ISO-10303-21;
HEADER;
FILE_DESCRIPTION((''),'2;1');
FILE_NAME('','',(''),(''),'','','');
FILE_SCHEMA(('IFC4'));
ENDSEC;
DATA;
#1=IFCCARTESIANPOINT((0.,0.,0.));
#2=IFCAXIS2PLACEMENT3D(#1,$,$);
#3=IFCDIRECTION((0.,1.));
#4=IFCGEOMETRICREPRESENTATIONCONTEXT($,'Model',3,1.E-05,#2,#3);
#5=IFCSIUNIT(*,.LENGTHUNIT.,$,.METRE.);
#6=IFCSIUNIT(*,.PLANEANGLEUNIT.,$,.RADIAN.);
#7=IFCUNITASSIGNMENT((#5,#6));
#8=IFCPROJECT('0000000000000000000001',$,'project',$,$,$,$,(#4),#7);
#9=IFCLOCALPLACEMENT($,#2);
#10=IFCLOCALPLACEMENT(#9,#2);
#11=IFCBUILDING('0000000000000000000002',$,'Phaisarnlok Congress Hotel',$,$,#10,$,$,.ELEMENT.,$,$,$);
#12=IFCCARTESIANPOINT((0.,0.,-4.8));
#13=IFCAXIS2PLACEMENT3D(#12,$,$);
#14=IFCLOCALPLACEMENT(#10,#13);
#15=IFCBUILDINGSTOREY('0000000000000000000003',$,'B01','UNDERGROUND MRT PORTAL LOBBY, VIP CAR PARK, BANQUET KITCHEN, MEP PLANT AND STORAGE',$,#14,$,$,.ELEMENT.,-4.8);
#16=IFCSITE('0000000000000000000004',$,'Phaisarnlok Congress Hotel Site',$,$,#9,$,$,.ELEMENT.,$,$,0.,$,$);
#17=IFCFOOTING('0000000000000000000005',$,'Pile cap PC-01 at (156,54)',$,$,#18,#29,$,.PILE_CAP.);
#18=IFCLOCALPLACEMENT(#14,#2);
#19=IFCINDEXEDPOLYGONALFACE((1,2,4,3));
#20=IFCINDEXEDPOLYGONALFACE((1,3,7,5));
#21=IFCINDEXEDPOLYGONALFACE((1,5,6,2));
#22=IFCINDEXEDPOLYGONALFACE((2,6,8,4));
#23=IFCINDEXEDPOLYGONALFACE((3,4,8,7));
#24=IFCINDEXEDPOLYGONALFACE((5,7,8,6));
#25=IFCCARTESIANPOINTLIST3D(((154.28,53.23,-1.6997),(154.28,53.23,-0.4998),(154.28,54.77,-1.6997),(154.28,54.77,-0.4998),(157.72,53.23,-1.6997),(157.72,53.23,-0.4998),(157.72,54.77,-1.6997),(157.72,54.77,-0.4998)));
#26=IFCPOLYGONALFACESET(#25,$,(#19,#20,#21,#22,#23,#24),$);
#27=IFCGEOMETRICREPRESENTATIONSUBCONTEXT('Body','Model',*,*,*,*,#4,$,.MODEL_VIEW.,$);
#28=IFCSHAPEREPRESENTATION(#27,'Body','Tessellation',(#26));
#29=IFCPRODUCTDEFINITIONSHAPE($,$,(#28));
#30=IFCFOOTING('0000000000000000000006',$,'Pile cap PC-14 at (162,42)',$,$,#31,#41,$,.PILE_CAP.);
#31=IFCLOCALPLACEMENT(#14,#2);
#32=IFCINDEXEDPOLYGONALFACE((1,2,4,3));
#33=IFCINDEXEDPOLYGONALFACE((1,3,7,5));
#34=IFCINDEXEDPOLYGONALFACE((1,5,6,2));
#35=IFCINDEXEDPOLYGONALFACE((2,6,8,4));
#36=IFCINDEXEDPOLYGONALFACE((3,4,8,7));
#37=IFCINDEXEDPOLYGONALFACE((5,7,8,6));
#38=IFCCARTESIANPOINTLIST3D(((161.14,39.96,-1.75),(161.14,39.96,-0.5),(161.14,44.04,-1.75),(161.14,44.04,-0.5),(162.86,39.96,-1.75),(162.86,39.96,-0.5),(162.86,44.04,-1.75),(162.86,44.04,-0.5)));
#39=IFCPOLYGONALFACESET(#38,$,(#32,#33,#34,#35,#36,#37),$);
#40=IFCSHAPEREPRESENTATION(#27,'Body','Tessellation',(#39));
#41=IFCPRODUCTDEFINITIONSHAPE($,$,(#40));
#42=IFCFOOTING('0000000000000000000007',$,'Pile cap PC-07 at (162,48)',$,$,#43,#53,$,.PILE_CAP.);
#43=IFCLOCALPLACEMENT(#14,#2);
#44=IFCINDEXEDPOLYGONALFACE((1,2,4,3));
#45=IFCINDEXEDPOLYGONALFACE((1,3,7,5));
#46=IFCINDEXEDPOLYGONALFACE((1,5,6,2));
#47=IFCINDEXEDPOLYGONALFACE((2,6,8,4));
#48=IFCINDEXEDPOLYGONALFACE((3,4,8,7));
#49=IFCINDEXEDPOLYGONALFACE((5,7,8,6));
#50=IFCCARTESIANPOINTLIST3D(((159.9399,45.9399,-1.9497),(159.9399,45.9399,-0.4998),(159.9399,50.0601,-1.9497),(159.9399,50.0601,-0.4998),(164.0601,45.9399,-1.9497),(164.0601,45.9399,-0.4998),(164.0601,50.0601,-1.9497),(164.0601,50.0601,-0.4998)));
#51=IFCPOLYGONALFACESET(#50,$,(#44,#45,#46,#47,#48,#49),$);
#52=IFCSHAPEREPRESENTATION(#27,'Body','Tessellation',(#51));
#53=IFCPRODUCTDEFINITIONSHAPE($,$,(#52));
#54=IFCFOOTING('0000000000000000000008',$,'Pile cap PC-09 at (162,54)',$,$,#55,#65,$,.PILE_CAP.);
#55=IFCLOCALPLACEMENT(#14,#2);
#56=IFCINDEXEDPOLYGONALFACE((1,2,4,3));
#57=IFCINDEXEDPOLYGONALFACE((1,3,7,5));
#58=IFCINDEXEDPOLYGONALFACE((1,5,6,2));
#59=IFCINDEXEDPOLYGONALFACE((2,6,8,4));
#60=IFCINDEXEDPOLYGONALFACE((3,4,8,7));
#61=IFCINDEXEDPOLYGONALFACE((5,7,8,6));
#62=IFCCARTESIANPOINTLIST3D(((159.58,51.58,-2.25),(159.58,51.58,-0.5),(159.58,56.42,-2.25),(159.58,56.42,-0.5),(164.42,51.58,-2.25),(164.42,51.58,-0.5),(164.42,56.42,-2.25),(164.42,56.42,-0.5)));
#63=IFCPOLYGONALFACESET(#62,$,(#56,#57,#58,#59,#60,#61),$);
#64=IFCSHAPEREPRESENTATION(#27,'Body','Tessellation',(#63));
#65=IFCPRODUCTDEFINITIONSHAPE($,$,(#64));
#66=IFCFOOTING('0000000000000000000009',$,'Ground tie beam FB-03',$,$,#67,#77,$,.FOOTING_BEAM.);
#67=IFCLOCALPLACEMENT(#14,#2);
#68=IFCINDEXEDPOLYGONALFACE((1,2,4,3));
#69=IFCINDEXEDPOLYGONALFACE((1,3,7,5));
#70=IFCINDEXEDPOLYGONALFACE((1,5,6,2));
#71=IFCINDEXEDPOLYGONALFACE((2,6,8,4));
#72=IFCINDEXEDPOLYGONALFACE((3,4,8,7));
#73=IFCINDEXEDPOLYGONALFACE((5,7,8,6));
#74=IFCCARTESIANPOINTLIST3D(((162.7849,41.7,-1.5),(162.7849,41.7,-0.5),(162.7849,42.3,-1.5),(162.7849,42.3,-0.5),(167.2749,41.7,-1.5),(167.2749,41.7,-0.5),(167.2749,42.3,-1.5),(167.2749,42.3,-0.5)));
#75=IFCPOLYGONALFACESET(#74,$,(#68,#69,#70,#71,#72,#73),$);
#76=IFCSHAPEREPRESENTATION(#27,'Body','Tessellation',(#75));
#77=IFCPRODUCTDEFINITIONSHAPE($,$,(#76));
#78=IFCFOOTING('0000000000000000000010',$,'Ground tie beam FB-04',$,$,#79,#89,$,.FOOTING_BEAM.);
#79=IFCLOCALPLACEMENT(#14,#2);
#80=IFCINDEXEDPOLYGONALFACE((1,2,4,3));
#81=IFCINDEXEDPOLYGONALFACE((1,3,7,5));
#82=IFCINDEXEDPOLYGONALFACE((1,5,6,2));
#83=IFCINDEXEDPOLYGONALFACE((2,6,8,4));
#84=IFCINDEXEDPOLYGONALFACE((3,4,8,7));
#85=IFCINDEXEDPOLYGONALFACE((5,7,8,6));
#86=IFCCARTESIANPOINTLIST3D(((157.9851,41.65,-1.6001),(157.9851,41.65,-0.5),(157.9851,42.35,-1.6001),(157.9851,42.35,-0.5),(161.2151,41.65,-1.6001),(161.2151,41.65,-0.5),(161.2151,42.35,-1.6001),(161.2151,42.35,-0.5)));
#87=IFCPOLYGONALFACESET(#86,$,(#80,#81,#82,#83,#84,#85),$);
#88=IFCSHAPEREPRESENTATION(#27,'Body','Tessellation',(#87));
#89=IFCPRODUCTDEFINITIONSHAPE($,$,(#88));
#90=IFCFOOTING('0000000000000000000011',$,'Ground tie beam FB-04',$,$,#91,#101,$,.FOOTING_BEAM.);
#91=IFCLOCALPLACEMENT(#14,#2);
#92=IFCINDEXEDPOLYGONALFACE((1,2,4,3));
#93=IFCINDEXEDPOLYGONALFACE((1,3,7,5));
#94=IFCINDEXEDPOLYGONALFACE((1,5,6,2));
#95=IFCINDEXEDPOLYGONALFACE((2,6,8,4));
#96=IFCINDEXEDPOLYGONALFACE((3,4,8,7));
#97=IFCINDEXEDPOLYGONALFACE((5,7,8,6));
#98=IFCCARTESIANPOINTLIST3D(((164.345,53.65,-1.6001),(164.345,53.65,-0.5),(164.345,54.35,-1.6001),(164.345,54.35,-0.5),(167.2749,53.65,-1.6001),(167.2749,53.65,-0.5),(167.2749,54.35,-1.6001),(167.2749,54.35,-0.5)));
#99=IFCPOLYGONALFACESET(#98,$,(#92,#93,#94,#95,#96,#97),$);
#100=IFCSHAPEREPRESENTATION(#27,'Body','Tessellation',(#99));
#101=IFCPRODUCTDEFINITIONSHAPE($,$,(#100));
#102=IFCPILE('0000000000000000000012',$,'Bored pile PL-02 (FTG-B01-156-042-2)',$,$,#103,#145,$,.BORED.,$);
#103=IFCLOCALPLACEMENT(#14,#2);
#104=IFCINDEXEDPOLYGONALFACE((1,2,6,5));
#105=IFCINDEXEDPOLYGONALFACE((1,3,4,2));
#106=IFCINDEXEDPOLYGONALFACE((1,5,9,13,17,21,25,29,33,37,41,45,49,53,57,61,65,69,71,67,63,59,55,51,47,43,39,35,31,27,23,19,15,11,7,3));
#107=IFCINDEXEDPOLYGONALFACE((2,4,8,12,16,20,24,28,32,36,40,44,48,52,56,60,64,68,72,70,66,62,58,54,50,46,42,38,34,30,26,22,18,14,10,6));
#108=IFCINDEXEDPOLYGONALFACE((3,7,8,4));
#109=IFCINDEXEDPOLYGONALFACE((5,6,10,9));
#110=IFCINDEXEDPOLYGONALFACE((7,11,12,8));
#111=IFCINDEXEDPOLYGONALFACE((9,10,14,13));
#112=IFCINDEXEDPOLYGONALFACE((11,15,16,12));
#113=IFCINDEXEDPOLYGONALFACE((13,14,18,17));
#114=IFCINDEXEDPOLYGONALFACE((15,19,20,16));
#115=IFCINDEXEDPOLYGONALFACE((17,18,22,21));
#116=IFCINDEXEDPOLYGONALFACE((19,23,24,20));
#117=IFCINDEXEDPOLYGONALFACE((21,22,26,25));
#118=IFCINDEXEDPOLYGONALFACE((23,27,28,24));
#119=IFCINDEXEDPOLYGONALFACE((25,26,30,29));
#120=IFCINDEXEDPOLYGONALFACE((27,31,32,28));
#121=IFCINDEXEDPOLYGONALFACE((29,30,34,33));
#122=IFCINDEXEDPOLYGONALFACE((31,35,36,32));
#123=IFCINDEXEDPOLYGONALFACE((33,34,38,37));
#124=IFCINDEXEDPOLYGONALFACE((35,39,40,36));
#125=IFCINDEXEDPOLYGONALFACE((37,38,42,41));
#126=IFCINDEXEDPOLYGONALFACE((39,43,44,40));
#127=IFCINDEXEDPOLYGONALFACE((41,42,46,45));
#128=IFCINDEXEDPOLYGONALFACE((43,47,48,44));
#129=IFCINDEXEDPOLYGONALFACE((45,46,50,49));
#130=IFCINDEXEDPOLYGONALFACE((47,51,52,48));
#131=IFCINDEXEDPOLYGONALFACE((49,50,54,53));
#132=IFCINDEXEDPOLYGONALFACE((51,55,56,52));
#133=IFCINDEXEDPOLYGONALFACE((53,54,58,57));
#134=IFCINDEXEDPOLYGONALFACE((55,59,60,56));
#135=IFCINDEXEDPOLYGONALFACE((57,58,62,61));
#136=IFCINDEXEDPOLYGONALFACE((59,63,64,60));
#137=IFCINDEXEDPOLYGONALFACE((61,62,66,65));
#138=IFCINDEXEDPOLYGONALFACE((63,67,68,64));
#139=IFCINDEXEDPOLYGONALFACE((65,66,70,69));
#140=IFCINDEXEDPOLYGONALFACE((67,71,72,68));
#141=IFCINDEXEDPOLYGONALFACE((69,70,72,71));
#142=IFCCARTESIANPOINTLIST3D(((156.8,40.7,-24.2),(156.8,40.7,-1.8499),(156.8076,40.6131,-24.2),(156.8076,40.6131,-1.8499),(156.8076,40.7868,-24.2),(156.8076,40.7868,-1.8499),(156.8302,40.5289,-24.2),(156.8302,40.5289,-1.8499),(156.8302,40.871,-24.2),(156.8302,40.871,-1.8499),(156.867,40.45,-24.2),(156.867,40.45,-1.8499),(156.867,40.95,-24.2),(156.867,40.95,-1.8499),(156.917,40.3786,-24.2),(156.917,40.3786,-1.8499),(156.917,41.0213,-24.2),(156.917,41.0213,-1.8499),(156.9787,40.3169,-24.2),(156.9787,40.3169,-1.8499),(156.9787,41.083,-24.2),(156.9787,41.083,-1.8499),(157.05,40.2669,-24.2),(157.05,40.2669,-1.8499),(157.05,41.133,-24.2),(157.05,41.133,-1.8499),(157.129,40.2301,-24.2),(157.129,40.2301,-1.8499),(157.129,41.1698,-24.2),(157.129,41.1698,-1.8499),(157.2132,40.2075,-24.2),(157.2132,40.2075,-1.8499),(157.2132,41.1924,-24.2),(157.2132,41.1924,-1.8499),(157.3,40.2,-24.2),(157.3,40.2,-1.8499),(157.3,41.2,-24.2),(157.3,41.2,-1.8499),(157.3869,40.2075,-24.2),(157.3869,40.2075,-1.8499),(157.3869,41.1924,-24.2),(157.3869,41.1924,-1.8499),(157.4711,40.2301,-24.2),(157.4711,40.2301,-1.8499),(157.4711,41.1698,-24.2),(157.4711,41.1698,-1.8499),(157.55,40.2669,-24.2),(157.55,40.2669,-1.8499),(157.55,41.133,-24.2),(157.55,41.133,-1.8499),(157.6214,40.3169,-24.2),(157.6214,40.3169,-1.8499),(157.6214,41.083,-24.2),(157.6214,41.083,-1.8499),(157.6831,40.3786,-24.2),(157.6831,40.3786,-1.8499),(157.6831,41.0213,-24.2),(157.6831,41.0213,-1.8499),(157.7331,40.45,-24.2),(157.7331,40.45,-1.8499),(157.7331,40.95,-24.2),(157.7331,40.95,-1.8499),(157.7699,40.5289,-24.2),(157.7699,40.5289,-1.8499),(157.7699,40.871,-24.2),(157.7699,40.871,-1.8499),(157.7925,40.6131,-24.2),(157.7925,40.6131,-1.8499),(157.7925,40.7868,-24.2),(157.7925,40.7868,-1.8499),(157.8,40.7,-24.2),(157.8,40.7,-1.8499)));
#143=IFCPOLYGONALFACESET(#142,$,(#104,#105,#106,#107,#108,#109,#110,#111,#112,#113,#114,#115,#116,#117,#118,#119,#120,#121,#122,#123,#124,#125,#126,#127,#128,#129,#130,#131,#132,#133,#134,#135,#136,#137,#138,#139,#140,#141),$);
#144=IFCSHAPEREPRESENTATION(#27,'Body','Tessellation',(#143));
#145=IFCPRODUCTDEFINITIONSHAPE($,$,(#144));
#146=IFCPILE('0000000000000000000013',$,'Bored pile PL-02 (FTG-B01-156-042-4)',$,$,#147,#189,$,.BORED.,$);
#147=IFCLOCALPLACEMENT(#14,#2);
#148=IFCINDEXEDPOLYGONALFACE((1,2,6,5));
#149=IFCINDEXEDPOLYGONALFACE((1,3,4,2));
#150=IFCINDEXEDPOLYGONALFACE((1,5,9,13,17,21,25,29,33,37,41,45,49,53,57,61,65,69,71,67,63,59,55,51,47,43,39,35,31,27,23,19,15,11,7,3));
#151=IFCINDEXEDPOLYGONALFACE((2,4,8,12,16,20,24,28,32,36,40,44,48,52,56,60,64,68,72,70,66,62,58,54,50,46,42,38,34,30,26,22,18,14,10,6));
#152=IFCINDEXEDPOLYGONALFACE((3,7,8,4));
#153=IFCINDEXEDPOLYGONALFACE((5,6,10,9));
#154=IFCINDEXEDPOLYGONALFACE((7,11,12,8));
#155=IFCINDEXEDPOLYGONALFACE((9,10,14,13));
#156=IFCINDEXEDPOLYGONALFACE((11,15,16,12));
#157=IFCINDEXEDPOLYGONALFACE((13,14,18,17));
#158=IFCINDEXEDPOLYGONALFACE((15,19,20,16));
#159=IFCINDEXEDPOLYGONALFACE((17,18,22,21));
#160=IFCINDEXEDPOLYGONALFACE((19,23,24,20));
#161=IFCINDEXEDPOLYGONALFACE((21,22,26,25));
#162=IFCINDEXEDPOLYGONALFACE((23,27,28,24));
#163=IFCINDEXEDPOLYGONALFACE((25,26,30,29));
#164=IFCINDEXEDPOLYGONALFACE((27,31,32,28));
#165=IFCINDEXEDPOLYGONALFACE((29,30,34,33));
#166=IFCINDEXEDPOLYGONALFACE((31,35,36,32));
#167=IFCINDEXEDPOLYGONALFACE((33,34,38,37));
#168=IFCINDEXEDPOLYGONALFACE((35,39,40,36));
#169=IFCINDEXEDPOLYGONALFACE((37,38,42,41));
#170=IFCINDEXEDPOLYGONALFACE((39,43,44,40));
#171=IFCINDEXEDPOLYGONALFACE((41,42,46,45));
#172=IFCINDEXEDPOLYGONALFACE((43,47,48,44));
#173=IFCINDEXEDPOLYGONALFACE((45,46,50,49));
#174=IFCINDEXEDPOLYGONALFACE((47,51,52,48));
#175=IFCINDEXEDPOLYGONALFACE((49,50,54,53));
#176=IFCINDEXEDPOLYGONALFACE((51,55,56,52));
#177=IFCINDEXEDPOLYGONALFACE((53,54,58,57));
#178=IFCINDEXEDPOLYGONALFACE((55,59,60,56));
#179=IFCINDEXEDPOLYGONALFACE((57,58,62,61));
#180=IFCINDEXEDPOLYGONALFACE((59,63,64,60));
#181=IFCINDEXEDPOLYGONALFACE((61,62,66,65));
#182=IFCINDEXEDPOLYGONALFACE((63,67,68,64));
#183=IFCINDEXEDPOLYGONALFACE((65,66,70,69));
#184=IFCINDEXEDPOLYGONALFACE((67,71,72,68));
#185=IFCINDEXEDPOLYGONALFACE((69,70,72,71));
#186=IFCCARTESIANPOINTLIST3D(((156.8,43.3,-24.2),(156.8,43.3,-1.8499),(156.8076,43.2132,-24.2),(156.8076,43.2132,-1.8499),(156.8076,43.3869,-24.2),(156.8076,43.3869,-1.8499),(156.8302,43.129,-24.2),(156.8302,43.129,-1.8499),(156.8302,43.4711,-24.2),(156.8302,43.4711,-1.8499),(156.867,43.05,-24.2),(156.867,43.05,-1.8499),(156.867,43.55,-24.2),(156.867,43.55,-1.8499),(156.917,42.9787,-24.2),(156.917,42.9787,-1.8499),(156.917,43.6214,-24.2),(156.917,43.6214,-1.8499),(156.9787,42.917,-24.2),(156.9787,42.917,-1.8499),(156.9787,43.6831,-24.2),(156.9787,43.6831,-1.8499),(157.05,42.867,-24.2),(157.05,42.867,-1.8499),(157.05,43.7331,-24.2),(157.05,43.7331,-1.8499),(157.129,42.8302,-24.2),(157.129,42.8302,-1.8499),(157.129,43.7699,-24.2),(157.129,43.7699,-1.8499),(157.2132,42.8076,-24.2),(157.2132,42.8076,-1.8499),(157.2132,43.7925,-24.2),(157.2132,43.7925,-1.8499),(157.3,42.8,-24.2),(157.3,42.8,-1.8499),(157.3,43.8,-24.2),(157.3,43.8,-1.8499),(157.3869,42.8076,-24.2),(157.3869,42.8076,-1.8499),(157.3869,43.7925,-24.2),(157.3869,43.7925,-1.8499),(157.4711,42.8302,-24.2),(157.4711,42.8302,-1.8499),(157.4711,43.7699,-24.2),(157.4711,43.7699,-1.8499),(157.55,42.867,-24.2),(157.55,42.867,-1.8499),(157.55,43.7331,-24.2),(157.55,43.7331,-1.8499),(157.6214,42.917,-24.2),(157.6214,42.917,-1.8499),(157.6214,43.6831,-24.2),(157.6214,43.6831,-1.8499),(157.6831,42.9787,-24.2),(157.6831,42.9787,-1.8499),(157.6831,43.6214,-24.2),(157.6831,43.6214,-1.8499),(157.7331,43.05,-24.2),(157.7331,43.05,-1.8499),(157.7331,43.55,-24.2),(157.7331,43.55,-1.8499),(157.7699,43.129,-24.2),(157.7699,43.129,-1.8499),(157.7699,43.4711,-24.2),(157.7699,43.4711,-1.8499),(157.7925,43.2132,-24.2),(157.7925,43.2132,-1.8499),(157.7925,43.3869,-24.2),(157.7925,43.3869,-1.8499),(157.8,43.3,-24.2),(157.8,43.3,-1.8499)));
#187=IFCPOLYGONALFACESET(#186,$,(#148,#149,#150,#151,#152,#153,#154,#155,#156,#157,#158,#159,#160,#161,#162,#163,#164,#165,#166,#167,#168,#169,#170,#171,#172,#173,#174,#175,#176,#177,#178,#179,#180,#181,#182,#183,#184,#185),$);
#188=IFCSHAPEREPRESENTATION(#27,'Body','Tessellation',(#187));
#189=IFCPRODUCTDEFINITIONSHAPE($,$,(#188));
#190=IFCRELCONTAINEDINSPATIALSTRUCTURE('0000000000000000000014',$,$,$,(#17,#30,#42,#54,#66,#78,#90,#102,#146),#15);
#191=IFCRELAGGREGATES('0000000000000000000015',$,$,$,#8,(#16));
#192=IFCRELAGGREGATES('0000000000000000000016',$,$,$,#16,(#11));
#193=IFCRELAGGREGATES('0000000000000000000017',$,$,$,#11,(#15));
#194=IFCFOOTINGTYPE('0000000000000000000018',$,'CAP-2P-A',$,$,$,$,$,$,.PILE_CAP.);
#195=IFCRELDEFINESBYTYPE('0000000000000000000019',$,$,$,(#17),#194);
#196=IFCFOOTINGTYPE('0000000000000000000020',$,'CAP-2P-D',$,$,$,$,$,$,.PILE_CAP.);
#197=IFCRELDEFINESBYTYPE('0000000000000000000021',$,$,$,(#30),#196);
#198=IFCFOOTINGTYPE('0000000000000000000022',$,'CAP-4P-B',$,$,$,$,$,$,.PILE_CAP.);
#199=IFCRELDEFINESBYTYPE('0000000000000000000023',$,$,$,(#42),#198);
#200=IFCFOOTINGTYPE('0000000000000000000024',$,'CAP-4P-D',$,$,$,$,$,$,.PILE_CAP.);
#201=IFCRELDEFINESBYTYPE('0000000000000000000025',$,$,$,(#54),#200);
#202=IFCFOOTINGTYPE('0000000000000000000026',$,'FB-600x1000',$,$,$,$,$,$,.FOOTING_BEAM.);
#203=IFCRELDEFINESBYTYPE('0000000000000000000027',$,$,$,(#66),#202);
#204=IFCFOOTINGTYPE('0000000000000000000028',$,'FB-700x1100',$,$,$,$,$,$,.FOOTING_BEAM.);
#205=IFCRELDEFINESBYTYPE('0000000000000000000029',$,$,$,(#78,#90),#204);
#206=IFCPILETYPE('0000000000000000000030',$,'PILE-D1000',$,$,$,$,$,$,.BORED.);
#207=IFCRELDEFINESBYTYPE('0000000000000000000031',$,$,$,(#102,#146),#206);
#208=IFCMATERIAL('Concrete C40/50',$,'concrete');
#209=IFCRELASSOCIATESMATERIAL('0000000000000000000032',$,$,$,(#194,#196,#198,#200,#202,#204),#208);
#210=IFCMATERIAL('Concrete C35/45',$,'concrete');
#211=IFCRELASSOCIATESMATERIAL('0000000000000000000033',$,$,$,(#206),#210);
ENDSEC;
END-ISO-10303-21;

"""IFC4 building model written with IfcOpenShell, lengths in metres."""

from ifc_helpers import new_model, si_unit, direction, frame, origin, origin_2d, place, context, subcontext, project, spatial, rectangle, circle, extrude, material, material_profile, profile_set, type_object, element, save


model = new_model("IFC4")

# Units and contexts
model_context = context("Model", 3, precision=1e-05, world=origin(), true_north=direction((0.0, 1.0)))
body_context = subcontext(model_context, "Body", "Model", "MODEL_VIEW")
ifc_project = project(units=[si_unit("LENGTHUNIT", "METRE"), si_unit("PLANEANGLEUNIT", "RADIAN")], contexts=[model_context])

# Site, building, storey
site_placement = place(None, origin())
site = spatial("IfcSite", under=ifc_project, at=site_placement, Name="Phaisarnlok Congress Hotel Site", CompositionType="ELEMENT", RefElevation=0.0)
building_placement = place(site_placement, origin())
building = spatial("IfcBuilding", under=site, at=building_placement, Name="Phaisarnlok Congress Hotel", CompositionType="ELEMENT")
storey_placement = place(building_placement, frame((0.0, 0.0, -4.8)))
storey = spatial("IfcBuildingStorey", under=building, at=storey_placement, Name="B01", Description="UNDERGROUND MRT PORTAL LOBBY, VIP CAR PARK, BANQUET KITCHEN, MEP PLANT AND STORAGE", CompositionType="ELEMENT", Elevation=-4.8)

# Footings
ifc_material_1 = material(Name="Concrete C40/50", Category="concrete")
footing_type_1 = type_object("IfcFootingType", Name="CAP-2P-A", PredefinedType="PILE_CAP", material=ifc_material_1)
footing_1_placement = place(storey_placement, frame((156.0, 54.0, -1.6997), z_axis=(0.0, 0.0, 1.0), x_axis=(1.0, 0.0, 0.0)))
element("IfcFooting", 1, at=footing_1_placement, inside=storey, type_object=footing_type_1, Name="Pile cap PC-01 at (156,54)", PredefinedType="PILE_CAP", context=body_context, shape_type="SweptSolid", body=[
    extrude(rectangle(XDim=3.4399, YDim=1.54, at=origin_2d()), origin(), (0.0, 0.0, 1.0), 1.2),
])
footing_type_2 = type_object("IfcFootingType", Name="CAP-2P-D", PredefinedType="PILE_CAP", material=ifc_material_1)
footing_2_placement = place(storey_placement, frame((162.0, 42.0, -1.75), z_axis=(0.0, 0.0, 1.0), x_axis=(1.0, 0.0, 0.0)))
element("IfcFooting", 2, at=footing_2_placement, inside=storey, type_object=footing_type_2, Name="Pile cap PC-14 at (162,42)", PredefinedType="PILE_CAP", context=body_context, shape_type="SweptSolid", body=[
    extrude(rectangle(XDim=1.72, YDim=4.0801, at=origin_2d()), origin(), (0.0, 0.0, 1.0), 1.25),
])
footing_type_3 = type_object("IfcFootingType", Name="CAP-4P-B", PredefinedType="PILE_CAP", material=ifc_material_1)
footing_3_placement = place(storey_placement, frame((162.0, 48.0, -1.9497), z_axis=(0.0, 0.0, 1.0), x_axis=(1.0, 0.0, 0.0)))
element("IfcFooting", 3, at=footing_3_placement, inside=storey, type_object=footing_type_3, Name="Pile cap PC-07 at (162,48)", PredefinedType="PILE_CAP", context=body_context, shape_type="SweptSolid", body=[
    extrude(rectangle(XDim=4.1201, YDim=4.1201, at=origin_2d()), origin(), (0.0, 0.0, 1.0), 1.45),
])
footing_type_4 = type_object("IfcFootingType", Name="CAP-4P-D", PredefinedType="PILE_CAP", material=ifc_material_1)
footing_4_placement = place(storey_placement, frame((162.0, 54.0, -2.25), z_axis=(0.0, 0.0, 1.0), x_axis=(1.0, 0.0, 0.0)))
element("IfcFooting", 4, at=footing_4_placement, inside=storey, type_object=footing_type_4, Name="Pile cap PC-09 at (162,54)", PredefinedType="PILE_CAP", context=body_context, shape_type="SweptSolid", body=[
    extrude(rectangle(XDim=4.8401, YDim=4.8401, at=origin_2d()), origin(), (0.0, 0.0, 1.0), 1.75),
])
ifc_material_profile_1 = material_profile(ifc_material_1, rectangle(XDim=0.6001, YDim=1.0, at=origin_2d()), Name="FB-600x1000")
ifc_profile_set_1 = profile_set([ifc_material_profile_1], Name="Concrete C40/50")
footing_type_5 = type_object("IfcFootingType", Name="FB-600x1000", PredefinedType="FOOTING_BEAM", material=ifc_profile_set_1)
footing_5_placement = place(storey_placement, frame((162.7849, 42.0, -1.0), z_axis=(1.0, 0.0, 0.0), x_axis=(0.0, 1.0, 0.0)))
element("IfcFooting", 5, at=footing_5_placement, inside=storey, type_object=footing_type_5, Name="Ground tie beam FB-03", PredefinedType="FOOTING_BEAM", context=body_context, shape_type="SweptSolid", body=[
    extrude(rectangle(XDim=0.6001, YDim=1.0, at=origin_2d()), origin(), (0.0, 0.0, 1.0), 4.49),
])
ifc_material_profile_2 = material_profile(ifc_material_1, rectangle(XDim=0.7, YDim=1.1001, at=origin_2d()), Name="FB-700x1100")
ifc_profile_set_2 = profile_set([ifc_material_profile_2], Name="Concrete C40/50")
footing_type_6 = type_object("IfcFootingType", Name="FB-700x1100", PredefinedType="FOOTING_BEAM", material=ifc_profile_set_2)
footing_6_placement = place(storey_placement, frame((157.9851, 42.0, -1.05), z_axis=(1.0, 0.0, 0.0), x_axis=(0.0, 1.0, 0.0)))
element("IfcFooting", 6, at=footing_6_placement, inside=storey, type_object=footing_type_6, Name="Ground tie beam FB-04", PredefinedType="FOOTING_BEAM", context=body_context, shape_type="SweptSolid", body=[
    extrude(rectangle(XDim=0.7, YDim=1.1001, at=origin_2d()), origin(), (0.0, 0.0, 1.0), 3.23),
])
footing_7_placement = place(storey_placement, frame((164.345, 54.0, -1.05), z_axis=(1.0, 0.0, 0.0), x_axis=(0.0, 1.0, 0.0)))
element("IfcFooting", 7, at=footing_7_placement, inside=storey, type_object=footing_type_6, Name="Ground tie beam FB-04", PredefinedType="FOOTING_BEAM", context=body_context, shape_type="SweptSolid", body=[
    extrude(rectangle(XDim=0.7, YDim=1.1001, at=origin_2d()), origin(), (0.0, 0.0, 1.0), 2.9299),
])

# Piles
ifc_material_2 = material(Name="Concrete C35/45", Category="concrete")
ifc_material_profile_3 = material_profile(ifc_material_2, circle(Radius=0.5, at=origin_2d()), Name="BORED PILE D1000")
ifc_profile_set_3 = profile_set([ifc_material_profile_3], Name="Concrete C35/45")
pile_type_1 = type_object("IfcPileType", Name="PILE-D1000", PredefinedType="BORED", material=ifc_profile_set_3)
for number, where, z_axis, x_axis, name in (
    (8, (157.3, 40.7, -1.8499), (0.0, 0.0, -1.0), (1.0, 0.0, 0.0), "Bored pile PL-02 (FTG-B01-156-042-2)"),
    (9, (157.3, 43.3, -1.8499), (0.0, 0.0, -1.0), (1.0, 0.0, 0.0), "Bored pile PL-02 (FTG-B01-156-042-4)"),
):
    element("IfcPile", number, at=place(storey_placement, frame(where, z_axis=z_axis, x_axis=x_axis)), inside=storey, type_object=pile_type_1, Name=name, PredefinedType="BORED", context=body_context, shape_type="SweptSolid", body=[
        extrude(circle(Radius=0.5, at=origin_2d()), origin(), (0.0, 0.0, 1.0), 22.3501),
    ])

save(model, "model.ifc")
